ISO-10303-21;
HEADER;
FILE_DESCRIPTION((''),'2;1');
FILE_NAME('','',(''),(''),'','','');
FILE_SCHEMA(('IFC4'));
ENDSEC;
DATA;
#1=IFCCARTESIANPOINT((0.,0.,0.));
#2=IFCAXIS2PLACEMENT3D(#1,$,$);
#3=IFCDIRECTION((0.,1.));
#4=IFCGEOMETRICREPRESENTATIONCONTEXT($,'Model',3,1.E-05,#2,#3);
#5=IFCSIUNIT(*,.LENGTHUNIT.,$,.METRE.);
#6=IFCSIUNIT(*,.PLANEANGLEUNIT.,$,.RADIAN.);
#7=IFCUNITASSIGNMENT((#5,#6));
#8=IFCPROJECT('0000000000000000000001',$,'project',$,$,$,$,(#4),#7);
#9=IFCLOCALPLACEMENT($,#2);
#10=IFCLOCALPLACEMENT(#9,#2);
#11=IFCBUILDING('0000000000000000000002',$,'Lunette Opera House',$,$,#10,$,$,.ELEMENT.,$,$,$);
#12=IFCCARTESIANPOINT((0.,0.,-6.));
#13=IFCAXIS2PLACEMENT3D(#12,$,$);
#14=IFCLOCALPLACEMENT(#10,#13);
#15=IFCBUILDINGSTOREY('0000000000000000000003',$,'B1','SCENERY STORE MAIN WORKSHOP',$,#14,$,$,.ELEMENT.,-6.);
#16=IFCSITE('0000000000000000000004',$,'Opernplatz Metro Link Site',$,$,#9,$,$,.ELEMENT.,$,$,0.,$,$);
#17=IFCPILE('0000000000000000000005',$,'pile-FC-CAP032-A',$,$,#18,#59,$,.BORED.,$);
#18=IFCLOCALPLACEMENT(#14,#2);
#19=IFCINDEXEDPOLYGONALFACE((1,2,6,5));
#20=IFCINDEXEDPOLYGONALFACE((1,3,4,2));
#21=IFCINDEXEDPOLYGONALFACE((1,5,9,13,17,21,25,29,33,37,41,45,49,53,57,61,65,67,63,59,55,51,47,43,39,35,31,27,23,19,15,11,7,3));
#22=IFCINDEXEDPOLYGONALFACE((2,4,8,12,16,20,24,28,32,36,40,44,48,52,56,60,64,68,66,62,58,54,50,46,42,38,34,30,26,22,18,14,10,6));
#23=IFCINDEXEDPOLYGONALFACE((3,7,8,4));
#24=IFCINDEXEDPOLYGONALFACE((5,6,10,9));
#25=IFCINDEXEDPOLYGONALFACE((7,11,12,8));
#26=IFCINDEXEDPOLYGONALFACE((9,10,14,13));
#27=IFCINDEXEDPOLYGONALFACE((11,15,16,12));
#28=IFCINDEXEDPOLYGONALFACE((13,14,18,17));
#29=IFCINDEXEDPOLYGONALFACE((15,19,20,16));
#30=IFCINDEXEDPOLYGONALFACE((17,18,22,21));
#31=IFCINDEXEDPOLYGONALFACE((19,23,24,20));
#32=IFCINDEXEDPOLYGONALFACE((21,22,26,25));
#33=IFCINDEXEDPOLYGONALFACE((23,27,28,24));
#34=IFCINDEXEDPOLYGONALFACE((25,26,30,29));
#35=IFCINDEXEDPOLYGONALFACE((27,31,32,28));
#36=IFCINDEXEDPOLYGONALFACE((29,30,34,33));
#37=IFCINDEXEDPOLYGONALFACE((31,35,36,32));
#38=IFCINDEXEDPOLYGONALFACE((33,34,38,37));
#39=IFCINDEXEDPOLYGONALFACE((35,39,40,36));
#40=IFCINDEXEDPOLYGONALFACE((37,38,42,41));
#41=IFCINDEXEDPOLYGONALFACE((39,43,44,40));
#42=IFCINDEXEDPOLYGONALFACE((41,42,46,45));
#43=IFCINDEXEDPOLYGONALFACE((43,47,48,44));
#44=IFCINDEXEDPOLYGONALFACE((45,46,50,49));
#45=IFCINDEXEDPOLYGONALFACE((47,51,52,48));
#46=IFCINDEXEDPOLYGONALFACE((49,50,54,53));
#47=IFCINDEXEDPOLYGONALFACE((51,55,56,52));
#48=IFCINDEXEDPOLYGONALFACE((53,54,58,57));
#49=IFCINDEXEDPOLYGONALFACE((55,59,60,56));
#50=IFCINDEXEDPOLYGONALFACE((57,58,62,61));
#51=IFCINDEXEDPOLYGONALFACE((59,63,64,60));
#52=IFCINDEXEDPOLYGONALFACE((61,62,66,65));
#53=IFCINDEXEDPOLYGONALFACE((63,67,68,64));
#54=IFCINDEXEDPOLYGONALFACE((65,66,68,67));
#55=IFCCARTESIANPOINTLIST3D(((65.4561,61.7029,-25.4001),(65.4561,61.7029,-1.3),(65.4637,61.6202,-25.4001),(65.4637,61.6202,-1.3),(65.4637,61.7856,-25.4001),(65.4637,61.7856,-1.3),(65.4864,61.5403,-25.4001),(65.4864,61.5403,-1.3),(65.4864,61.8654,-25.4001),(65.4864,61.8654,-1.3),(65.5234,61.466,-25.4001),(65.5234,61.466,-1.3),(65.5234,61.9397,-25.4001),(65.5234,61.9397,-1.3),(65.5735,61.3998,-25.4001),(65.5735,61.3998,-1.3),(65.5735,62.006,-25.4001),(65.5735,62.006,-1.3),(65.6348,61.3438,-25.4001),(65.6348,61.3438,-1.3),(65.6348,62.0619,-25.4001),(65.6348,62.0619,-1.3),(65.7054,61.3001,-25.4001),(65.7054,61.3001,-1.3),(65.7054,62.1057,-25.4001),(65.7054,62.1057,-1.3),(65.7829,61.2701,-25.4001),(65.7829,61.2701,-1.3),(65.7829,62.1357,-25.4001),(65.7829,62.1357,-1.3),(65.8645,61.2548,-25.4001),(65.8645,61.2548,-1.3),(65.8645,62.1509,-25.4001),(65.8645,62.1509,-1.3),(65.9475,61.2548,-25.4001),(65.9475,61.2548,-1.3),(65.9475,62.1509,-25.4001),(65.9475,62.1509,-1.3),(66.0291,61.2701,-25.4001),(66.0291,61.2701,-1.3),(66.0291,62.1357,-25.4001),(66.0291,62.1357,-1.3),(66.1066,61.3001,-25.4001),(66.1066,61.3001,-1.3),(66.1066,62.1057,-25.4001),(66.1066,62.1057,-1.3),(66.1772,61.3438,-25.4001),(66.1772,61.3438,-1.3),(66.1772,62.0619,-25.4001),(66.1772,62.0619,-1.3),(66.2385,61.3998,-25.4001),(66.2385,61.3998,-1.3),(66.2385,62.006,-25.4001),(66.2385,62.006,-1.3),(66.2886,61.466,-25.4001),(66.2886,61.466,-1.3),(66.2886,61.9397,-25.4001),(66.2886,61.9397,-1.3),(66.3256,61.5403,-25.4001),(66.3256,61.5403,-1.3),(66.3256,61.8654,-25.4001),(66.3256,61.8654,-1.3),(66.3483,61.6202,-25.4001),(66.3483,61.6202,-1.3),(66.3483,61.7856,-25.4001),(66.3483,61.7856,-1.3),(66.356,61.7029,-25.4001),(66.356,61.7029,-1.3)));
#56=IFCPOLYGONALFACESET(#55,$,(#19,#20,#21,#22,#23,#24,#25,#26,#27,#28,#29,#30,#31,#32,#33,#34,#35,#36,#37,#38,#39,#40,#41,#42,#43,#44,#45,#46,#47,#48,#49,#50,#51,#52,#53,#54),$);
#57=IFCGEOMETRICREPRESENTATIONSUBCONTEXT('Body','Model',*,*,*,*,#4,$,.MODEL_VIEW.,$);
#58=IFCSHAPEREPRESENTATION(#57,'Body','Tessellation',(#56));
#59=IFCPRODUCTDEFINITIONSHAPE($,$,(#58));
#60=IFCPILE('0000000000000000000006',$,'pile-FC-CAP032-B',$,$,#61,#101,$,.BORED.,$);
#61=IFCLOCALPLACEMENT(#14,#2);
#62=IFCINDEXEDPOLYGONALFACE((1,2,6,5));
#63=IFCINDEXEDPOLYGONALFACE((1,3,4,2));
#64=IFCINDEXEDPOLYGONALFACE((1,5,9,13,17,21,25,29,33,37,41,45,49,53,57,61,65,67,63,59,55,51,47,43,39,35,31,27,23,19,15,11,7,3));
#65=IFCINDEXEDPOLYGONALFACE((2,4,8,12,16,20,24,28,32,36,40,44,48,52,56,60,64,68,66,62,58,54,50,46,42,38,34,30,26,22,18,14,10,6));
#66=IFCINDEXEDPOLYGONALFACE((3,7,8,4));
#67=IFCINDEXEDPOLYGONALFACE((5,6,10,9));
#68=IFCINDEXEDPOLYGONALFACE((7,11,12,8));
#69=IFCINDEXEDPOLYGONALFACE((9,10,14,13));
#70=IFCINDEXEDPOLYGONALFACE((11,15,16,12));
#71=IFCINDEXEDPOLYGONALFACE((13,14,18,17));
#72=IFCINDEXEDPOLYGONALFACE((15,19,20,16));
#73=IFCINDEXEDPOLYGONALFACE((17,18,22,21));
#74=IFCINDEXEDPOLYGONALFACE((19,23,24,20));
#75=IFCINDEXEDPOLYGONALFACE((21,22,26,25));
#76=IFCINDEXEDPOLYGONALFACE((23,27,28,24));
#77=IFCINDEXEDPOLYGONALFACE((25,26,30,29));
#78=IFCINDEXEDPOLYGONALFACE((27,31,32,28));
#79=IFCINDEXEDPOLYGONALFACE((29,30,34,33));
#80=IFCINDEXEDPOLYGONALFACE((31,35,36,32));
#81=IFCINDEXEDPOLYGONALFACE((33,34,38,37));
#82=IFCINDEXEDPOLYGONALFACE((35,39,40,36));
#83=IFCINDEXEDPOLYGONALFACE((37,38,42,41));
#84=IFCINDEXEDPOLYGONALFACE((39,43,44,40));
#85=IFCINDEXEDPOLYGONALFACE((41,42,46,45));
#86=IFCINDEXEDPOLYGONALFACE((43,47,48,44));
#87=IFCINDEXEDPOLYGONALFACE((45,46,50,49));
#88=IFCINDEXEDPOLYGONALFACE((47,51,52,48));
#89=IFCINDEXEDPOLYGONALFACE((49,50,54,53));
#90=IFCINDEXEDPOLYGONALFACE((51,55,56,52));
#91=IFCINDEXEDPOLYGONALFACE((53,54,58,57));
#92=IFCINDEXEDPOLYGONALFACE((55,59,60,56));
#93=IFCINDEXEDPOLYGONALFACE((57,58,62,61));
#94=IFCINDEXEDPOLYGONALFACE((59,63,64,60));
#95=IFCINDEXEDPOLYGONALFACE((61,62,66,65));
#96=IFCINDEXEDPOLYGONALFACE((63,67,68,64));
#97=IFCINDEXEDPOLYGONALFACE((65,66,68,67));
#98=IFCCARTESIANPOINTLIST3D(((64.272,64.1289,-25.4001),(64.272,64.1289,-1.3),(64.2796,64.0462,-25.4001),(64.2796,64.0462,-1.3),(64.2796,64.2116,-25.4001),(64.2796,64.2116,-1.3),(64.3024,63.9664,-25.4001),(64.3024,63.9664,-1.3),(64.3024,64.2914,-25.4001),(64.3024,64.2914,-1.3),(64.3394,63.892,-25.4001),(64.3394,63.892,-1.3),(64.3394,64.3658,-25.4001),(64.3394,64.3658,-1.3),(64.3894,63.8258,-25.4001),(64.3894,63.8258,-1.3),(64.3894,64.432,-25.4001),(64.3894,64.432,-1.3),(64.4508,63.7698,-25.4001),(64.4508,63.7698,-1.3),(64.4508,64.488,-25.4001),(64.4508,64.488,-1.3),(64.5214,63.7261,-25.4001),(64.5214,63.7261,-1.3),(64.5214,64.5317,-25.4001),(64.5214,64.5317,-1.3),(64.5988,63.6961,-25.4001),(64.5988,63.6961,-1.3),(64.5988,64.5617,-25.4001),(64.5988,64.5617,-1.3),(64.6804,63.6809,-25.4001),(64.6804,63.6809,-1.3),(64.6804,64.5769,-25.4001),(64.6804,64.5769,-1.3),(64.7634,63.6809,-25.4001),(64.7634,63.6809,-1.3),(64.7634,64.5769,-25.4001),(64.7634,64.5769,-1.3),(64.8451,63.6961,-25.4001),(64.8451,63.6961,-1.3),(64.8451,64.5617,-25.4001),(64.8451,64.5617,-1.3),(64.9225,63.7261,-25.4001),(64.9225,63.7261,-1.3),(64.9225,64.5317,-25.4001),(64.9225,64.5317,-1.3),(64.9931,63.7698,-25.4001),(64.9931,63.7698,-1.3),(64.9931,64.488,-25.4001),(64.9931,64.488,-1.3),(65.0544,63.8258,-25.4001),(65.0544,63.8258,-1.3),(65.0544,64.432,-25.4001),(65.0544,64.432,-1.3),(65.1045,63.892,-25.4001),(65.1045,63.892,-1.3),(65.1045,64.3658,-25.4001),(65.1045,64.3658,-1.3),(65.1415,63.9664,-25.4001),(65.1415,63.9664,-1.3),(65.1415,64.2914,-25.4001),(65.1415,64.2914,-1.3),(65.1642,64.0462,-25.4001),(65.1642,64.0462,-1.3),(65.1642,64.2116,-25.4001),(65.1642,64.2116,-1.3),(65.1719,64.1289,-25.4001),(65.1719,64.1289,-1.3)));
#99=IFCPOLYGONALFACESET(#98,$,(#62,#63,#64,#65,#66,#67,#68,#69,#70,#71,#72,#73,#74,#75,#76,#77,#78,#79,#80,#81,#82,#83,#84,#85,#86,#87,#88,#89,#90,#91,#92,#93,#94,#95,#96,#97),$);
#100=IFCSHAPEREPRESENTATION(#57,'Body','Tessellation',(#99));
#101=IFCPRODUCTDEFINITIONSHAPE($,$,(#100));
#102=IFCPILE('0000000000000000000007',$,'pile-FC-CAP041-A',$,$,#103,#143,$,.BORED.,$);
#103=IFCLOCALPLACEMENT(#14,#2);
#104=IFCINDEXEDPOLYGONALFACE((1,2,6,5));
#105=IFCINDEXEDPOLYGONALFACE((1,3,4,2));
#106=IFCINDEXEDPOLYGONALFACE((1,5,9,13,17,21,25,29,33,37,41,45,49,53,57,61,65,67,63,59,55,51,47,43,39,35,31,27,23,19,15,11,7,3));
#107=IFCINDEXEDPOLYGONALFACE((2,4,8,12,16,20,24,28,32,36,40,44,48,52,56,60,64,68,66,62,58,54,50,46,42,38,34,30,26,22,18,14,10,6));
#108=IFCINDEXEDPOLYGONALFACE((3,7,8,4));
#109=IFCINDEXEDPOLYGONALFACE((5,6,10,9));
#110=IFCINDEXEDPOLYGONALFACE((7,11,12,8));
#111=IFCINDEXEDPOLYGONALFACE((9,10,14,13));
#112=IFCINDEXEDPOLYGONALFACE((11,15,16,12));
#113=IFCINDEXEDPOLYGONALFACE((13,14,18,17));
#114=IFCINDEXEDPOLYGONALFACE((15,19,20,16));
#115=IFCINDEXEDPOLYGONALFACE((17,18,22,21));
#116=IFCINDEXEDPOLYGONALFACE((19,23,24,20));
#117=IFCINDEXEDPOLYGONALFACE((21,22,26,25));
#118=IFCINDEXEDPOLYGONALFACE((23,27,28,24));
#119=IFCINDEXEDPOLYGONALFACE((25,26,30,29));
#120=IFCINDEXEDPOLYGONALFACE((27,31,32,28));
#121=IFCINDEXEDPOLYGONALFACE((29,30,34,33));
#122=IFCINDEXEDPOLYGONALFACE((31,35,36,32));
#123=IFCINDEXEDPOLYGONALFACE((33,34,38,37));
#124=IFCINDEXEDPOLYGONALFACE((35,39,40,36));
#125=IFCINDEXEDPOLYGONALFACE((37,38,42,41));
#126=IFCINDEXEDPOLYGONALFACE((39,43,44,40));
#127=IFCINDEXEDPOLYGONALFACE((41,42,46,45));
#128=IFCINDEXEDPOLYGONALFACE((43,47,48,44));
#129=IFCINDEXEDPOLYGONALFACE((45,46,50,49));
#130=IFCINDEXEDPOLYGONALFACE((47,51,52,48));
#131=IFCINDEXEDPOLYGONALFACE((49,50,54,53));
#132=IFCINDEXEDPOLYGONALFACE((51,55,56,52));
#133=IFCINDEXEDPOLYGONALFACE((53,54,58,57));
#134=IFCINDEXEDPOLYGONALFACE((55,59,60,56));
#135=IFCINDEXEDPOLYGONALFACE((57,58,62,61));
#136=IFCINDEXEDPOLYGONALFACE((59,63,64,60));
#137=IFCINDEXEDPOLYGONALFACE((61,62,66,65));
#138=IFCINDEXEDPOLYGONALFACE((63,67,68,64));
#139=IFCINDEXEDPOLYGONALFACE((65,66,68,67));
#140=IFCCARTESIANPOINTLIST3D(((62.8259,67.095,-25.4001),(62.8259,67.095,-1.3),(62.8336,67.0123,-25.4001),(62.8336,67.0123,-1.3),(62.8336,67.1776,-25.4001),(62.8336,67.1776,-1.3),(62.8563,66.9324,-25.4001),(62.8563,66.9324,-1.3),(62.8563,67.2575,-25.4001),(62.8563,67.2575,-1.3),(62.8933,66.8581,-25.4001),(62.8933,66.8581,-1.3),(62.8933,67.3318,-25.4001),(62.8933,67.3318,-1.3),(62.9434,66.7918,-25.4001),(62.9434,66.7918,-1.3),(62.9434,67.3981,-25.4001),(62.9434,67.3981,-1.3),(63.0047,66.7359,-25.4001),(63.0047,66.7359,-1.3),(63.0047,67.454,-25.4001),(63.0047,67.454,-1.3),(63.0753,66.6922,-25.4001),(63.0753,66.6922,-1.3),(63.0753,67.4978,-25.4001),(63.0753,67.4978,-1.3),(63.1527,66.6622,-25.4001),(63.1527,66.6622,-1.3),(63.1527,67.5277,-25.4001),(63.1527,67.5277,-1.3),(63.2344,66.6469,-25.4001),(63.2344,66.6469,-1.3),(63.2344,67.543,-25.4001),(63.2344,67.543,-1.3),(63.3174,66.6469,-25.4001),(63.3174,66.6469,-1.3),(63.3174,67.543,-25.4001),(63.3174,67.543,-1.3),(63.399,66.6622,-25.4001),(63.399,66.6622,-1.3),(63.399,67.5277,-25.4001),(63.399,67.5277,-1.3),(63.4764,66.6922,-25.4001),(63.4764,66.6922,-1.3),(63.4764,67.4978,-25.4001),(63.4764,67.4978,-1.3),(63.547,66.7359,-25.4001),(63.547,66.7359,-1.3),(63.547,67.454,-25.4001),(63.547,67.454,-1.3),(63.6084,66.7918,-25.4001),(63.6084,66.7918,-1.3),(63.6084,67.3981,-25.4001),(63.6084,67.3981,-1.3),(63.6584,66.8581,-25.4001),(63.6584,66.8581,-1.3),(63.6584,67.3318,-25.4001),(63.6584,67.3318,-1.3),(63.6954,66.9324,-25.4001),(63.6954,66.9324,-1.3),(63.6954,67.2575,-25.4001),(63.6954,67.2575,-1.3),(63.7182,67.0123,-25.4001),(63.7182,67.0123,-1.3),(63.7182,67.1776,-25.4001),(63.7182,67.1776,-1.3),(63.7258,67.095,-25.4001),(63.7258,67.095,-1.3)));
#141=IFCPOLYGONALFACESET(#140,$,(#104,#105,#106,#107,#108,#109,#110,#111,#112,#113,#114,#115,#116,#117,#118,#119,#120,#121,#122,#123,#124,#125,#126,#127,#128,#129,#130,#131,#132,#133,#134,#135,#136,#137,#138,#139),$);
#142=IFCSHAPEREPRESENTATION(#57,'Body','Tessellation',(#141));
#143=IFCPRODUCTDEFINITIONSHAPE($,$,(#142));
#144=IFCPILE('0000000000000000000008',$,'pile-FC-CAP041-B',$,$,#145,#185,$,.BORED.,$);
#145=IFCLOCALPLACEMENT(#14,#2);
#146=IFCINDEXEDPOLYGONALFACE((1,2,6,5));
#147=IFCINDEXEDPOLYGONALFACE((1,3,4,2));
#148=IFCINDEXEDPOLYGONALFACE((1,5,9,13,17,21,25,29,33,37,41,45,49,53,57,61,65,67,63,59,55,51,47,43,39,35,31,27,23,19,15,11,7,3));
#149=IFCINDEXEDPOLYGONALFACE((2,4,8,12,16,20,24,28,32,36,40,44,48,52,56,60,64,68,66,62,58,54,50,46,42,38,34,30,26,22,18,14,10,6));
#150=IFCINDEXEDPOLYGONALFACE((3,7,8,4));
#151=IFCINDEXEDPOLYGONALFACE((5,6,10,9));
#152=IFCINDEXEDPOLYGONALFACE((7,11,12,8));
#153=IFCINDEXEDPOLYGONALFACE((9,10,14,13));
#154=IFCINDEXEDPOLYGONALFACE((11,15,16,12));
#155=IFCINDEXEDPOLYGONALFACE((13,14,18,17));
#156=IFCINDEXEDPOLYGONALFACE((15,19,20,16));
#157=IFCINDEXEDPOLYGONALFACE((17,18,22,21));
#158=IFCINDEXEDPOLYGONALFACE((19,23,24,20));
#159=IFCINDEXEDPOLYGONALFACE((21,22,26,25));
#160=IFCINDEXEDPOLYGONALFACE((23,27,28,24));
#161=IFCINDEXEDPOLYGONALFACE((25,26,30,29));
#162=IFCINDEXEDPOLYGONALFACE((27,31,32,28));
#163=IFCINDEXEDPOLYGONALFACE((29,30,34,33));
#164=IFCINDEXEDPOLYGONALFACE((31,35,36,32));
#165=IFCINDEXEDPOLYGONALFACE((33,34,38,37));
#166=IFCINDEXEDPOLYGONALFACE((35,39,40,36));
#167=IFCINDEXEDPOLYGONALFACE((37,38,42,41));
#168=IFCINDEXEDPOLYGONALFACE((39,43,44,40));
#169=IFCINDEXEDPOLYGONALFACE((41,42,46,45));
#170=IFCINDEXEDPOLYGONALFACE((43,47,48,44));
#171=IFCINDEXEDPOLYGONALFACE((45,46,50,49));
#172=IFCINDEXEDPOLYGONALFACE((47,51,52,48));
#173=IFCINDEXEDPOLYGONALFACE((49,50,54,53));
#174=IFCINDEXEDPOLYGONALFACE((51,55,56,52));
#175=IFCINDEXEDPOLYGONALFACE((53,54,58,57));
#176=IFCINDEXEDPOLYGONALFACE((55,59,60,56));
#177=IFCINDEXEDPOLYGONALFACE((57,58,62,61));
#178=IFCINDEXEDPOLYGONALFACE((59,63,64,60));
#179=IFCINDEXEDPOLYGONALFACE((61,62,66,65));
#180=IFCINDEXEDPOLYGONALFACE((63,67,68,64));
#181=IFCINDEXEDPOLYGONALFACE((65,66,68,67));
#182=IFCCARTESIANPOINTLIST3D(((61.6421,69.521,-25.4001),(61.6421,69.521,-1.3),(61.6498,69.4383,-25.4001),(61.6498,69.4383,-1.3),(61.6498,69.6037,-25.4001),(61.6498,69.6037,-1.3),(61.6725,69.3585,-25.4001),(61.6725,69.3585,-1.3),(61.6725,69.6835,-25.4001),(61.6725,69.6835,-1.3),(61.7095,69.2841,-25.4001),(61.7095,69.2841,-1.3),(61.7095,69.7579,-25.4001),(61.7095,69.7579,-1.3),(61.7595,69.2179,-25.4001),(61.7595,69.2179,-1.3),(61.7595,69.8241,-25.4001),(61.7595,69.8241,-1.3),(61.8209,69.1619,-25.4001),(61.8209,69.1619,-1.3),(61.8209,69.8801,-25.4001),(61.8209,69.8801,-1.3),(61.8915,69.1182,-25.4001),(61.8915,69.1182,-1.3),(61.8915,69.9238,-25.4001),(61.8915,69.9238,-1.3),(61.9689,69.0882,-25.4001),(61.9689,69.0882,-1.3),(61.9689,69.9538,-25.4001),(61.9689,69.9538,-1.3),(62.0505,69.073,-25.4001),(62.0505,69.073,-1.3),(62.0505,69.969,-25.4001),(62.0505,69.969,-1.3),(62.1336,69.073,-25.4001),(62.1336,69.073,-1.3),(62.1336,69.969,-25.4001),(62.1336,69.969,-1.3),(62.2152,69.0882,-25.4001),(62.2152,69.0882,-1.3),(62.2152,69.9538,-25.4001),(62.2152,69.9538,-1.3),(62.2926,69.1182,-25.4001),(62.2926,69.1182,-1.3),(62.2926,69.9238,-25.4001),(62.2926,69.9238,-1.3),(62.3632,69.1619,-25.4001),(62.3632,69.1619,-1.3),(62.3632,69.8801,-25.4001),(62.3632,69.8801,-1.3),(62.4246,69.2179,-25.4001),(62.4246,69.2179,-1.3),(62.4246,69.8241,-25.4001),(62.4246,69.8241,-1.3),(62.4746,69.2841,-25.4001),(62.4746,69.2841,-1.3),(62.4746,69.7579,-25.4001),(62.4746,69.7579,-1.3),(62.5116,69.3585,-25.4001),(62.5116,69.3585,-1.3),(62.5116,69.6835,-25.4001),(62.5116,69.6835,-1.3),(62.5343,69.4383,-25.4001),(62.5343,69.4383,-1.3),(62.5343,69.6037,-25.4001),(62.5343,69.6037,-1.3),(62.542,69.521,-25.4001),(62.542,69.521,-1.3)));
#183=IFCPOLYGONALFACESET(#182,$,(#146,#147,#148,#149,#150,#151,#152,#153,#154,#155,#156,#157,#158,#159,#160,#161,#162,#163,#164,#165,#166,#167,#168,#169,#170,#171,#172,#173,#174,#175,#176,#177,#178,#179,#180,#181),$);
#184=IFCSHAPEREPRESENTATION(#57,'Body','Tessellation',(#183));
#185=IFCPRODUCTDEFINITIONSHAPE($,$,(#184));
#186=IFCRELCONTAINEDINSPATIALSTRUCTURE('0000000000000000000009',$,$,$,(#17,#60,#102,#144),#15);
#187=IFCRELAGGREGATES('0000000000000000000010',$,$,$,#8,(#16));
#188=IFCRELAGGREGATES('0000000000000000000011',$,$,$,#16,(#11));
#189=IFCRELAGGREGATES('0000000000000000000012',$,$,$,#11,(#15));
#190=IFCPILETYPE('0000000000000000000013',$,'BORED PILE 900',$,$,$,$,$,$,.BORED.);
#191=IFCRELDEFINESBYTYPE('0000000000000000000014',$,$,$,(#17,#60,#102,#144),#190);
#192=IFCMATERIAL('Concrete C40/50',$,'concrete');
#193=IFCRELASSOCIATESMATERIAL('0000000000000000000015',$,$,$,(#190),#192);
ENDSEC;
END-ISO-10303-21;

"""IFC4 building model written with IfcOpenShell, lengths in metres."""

from ifc_helpers import new_model, si_unit, direction, frame, origin, origin_2d, place, context, subcontext, project, spatial, circle, extrude, material, material_profile, profile_set, type_object, element, save


model = new_model("IFC4")

# Units and contexts
model_context = context("Model", 3, precision=1e-05, world=origin(), true_north=direction((0.0, 1.0)))
body_context = subcontext(model_context, "Body", "Model", "MODEL_VIEW")
ifc_project = project(units=[si_unit("LENGTHUNIT", "METRE"), si_unit("PLANEANGLEUNIT", "RADIAN")], contexts=[model_context])

# Site, building, storey
site_placement = place(None, origin())
site = spatial("IfcSite", under=ifc_project, at=site_placement, Name="Opernplatz Metro Link Site", CompositionType="ELEMENT", RefElevation=0.0)
building_placement = place(site_placement, origin())
building = spatial("IfcBuilding", under=site, at=building_placement, Name="Lunette Opera House", CompositionType="ELEMENT")
storey_placement = place(building_placement, frame((0.0, 0.0, -6.0)))
storey = spatial("IfcBuildingStorey", under=building, at=storey_placement, Name="B1", Description="SCENERY STORE MAIN WORKSHOP", CompositionType="ELEMENT", Elevation=-6.0)

# Piles
ifc_material_1 = material(Name="Concrete C40/50", Category="concrete")
ifc_material_profile_1 = material_profile(ifc_material_1, circle(Radius=0.45, at=origin_2d()), Name="BORED PILE 900")
ifc_profile_set_1 = profile_set([ifc_material_profile_1], Name="Concrete C40/50")
pile_type = type_object("IfcPileType", Name="BORED PILE 900", PredefinedType="BORED", material=ifc_profile_set_1)
for number, where, z_axis, x_axis, name in (
    (1, (65.906, 61.7029, -1.3), (0.0, 0.0, -1.0), (1.0, 0.0, 0.0), "pile-FC-CAP032-A"),
    (2, (64.7219, 64.1289, -1.3), (0.0, 0.0, -1.0), (1.0, 0.0, 0.0), "pile-FC-CAP032-B"),
    (3, (63.2759, 67.095, -1.3), (0.0, 0.0, -1.0), (1.0, 0.0, 0.0), "pile-FC-CAP041-A"),
    (4, (62.092, 69.521, -1.3), (0.0, 0.0, -1.0), (1.0, 0.0, 0.0), "pile-FC-CAP041-B"),
):
    element("IfcPile", number, at=place(storey_placement, frame(where, z_axis=z_axis, x_axis=x_axis)), inside=storey, type_object=pile_type, Name=name, PredefinedType="BORED", context=body_context, shape_type="SweptSolid", body=[
        extrude(circle(Radius=0.45, at=origin_2d()), origin(), (0.0, 0.0, 1.0), 24.1001),
    ])

save(model, "model.ifc")
